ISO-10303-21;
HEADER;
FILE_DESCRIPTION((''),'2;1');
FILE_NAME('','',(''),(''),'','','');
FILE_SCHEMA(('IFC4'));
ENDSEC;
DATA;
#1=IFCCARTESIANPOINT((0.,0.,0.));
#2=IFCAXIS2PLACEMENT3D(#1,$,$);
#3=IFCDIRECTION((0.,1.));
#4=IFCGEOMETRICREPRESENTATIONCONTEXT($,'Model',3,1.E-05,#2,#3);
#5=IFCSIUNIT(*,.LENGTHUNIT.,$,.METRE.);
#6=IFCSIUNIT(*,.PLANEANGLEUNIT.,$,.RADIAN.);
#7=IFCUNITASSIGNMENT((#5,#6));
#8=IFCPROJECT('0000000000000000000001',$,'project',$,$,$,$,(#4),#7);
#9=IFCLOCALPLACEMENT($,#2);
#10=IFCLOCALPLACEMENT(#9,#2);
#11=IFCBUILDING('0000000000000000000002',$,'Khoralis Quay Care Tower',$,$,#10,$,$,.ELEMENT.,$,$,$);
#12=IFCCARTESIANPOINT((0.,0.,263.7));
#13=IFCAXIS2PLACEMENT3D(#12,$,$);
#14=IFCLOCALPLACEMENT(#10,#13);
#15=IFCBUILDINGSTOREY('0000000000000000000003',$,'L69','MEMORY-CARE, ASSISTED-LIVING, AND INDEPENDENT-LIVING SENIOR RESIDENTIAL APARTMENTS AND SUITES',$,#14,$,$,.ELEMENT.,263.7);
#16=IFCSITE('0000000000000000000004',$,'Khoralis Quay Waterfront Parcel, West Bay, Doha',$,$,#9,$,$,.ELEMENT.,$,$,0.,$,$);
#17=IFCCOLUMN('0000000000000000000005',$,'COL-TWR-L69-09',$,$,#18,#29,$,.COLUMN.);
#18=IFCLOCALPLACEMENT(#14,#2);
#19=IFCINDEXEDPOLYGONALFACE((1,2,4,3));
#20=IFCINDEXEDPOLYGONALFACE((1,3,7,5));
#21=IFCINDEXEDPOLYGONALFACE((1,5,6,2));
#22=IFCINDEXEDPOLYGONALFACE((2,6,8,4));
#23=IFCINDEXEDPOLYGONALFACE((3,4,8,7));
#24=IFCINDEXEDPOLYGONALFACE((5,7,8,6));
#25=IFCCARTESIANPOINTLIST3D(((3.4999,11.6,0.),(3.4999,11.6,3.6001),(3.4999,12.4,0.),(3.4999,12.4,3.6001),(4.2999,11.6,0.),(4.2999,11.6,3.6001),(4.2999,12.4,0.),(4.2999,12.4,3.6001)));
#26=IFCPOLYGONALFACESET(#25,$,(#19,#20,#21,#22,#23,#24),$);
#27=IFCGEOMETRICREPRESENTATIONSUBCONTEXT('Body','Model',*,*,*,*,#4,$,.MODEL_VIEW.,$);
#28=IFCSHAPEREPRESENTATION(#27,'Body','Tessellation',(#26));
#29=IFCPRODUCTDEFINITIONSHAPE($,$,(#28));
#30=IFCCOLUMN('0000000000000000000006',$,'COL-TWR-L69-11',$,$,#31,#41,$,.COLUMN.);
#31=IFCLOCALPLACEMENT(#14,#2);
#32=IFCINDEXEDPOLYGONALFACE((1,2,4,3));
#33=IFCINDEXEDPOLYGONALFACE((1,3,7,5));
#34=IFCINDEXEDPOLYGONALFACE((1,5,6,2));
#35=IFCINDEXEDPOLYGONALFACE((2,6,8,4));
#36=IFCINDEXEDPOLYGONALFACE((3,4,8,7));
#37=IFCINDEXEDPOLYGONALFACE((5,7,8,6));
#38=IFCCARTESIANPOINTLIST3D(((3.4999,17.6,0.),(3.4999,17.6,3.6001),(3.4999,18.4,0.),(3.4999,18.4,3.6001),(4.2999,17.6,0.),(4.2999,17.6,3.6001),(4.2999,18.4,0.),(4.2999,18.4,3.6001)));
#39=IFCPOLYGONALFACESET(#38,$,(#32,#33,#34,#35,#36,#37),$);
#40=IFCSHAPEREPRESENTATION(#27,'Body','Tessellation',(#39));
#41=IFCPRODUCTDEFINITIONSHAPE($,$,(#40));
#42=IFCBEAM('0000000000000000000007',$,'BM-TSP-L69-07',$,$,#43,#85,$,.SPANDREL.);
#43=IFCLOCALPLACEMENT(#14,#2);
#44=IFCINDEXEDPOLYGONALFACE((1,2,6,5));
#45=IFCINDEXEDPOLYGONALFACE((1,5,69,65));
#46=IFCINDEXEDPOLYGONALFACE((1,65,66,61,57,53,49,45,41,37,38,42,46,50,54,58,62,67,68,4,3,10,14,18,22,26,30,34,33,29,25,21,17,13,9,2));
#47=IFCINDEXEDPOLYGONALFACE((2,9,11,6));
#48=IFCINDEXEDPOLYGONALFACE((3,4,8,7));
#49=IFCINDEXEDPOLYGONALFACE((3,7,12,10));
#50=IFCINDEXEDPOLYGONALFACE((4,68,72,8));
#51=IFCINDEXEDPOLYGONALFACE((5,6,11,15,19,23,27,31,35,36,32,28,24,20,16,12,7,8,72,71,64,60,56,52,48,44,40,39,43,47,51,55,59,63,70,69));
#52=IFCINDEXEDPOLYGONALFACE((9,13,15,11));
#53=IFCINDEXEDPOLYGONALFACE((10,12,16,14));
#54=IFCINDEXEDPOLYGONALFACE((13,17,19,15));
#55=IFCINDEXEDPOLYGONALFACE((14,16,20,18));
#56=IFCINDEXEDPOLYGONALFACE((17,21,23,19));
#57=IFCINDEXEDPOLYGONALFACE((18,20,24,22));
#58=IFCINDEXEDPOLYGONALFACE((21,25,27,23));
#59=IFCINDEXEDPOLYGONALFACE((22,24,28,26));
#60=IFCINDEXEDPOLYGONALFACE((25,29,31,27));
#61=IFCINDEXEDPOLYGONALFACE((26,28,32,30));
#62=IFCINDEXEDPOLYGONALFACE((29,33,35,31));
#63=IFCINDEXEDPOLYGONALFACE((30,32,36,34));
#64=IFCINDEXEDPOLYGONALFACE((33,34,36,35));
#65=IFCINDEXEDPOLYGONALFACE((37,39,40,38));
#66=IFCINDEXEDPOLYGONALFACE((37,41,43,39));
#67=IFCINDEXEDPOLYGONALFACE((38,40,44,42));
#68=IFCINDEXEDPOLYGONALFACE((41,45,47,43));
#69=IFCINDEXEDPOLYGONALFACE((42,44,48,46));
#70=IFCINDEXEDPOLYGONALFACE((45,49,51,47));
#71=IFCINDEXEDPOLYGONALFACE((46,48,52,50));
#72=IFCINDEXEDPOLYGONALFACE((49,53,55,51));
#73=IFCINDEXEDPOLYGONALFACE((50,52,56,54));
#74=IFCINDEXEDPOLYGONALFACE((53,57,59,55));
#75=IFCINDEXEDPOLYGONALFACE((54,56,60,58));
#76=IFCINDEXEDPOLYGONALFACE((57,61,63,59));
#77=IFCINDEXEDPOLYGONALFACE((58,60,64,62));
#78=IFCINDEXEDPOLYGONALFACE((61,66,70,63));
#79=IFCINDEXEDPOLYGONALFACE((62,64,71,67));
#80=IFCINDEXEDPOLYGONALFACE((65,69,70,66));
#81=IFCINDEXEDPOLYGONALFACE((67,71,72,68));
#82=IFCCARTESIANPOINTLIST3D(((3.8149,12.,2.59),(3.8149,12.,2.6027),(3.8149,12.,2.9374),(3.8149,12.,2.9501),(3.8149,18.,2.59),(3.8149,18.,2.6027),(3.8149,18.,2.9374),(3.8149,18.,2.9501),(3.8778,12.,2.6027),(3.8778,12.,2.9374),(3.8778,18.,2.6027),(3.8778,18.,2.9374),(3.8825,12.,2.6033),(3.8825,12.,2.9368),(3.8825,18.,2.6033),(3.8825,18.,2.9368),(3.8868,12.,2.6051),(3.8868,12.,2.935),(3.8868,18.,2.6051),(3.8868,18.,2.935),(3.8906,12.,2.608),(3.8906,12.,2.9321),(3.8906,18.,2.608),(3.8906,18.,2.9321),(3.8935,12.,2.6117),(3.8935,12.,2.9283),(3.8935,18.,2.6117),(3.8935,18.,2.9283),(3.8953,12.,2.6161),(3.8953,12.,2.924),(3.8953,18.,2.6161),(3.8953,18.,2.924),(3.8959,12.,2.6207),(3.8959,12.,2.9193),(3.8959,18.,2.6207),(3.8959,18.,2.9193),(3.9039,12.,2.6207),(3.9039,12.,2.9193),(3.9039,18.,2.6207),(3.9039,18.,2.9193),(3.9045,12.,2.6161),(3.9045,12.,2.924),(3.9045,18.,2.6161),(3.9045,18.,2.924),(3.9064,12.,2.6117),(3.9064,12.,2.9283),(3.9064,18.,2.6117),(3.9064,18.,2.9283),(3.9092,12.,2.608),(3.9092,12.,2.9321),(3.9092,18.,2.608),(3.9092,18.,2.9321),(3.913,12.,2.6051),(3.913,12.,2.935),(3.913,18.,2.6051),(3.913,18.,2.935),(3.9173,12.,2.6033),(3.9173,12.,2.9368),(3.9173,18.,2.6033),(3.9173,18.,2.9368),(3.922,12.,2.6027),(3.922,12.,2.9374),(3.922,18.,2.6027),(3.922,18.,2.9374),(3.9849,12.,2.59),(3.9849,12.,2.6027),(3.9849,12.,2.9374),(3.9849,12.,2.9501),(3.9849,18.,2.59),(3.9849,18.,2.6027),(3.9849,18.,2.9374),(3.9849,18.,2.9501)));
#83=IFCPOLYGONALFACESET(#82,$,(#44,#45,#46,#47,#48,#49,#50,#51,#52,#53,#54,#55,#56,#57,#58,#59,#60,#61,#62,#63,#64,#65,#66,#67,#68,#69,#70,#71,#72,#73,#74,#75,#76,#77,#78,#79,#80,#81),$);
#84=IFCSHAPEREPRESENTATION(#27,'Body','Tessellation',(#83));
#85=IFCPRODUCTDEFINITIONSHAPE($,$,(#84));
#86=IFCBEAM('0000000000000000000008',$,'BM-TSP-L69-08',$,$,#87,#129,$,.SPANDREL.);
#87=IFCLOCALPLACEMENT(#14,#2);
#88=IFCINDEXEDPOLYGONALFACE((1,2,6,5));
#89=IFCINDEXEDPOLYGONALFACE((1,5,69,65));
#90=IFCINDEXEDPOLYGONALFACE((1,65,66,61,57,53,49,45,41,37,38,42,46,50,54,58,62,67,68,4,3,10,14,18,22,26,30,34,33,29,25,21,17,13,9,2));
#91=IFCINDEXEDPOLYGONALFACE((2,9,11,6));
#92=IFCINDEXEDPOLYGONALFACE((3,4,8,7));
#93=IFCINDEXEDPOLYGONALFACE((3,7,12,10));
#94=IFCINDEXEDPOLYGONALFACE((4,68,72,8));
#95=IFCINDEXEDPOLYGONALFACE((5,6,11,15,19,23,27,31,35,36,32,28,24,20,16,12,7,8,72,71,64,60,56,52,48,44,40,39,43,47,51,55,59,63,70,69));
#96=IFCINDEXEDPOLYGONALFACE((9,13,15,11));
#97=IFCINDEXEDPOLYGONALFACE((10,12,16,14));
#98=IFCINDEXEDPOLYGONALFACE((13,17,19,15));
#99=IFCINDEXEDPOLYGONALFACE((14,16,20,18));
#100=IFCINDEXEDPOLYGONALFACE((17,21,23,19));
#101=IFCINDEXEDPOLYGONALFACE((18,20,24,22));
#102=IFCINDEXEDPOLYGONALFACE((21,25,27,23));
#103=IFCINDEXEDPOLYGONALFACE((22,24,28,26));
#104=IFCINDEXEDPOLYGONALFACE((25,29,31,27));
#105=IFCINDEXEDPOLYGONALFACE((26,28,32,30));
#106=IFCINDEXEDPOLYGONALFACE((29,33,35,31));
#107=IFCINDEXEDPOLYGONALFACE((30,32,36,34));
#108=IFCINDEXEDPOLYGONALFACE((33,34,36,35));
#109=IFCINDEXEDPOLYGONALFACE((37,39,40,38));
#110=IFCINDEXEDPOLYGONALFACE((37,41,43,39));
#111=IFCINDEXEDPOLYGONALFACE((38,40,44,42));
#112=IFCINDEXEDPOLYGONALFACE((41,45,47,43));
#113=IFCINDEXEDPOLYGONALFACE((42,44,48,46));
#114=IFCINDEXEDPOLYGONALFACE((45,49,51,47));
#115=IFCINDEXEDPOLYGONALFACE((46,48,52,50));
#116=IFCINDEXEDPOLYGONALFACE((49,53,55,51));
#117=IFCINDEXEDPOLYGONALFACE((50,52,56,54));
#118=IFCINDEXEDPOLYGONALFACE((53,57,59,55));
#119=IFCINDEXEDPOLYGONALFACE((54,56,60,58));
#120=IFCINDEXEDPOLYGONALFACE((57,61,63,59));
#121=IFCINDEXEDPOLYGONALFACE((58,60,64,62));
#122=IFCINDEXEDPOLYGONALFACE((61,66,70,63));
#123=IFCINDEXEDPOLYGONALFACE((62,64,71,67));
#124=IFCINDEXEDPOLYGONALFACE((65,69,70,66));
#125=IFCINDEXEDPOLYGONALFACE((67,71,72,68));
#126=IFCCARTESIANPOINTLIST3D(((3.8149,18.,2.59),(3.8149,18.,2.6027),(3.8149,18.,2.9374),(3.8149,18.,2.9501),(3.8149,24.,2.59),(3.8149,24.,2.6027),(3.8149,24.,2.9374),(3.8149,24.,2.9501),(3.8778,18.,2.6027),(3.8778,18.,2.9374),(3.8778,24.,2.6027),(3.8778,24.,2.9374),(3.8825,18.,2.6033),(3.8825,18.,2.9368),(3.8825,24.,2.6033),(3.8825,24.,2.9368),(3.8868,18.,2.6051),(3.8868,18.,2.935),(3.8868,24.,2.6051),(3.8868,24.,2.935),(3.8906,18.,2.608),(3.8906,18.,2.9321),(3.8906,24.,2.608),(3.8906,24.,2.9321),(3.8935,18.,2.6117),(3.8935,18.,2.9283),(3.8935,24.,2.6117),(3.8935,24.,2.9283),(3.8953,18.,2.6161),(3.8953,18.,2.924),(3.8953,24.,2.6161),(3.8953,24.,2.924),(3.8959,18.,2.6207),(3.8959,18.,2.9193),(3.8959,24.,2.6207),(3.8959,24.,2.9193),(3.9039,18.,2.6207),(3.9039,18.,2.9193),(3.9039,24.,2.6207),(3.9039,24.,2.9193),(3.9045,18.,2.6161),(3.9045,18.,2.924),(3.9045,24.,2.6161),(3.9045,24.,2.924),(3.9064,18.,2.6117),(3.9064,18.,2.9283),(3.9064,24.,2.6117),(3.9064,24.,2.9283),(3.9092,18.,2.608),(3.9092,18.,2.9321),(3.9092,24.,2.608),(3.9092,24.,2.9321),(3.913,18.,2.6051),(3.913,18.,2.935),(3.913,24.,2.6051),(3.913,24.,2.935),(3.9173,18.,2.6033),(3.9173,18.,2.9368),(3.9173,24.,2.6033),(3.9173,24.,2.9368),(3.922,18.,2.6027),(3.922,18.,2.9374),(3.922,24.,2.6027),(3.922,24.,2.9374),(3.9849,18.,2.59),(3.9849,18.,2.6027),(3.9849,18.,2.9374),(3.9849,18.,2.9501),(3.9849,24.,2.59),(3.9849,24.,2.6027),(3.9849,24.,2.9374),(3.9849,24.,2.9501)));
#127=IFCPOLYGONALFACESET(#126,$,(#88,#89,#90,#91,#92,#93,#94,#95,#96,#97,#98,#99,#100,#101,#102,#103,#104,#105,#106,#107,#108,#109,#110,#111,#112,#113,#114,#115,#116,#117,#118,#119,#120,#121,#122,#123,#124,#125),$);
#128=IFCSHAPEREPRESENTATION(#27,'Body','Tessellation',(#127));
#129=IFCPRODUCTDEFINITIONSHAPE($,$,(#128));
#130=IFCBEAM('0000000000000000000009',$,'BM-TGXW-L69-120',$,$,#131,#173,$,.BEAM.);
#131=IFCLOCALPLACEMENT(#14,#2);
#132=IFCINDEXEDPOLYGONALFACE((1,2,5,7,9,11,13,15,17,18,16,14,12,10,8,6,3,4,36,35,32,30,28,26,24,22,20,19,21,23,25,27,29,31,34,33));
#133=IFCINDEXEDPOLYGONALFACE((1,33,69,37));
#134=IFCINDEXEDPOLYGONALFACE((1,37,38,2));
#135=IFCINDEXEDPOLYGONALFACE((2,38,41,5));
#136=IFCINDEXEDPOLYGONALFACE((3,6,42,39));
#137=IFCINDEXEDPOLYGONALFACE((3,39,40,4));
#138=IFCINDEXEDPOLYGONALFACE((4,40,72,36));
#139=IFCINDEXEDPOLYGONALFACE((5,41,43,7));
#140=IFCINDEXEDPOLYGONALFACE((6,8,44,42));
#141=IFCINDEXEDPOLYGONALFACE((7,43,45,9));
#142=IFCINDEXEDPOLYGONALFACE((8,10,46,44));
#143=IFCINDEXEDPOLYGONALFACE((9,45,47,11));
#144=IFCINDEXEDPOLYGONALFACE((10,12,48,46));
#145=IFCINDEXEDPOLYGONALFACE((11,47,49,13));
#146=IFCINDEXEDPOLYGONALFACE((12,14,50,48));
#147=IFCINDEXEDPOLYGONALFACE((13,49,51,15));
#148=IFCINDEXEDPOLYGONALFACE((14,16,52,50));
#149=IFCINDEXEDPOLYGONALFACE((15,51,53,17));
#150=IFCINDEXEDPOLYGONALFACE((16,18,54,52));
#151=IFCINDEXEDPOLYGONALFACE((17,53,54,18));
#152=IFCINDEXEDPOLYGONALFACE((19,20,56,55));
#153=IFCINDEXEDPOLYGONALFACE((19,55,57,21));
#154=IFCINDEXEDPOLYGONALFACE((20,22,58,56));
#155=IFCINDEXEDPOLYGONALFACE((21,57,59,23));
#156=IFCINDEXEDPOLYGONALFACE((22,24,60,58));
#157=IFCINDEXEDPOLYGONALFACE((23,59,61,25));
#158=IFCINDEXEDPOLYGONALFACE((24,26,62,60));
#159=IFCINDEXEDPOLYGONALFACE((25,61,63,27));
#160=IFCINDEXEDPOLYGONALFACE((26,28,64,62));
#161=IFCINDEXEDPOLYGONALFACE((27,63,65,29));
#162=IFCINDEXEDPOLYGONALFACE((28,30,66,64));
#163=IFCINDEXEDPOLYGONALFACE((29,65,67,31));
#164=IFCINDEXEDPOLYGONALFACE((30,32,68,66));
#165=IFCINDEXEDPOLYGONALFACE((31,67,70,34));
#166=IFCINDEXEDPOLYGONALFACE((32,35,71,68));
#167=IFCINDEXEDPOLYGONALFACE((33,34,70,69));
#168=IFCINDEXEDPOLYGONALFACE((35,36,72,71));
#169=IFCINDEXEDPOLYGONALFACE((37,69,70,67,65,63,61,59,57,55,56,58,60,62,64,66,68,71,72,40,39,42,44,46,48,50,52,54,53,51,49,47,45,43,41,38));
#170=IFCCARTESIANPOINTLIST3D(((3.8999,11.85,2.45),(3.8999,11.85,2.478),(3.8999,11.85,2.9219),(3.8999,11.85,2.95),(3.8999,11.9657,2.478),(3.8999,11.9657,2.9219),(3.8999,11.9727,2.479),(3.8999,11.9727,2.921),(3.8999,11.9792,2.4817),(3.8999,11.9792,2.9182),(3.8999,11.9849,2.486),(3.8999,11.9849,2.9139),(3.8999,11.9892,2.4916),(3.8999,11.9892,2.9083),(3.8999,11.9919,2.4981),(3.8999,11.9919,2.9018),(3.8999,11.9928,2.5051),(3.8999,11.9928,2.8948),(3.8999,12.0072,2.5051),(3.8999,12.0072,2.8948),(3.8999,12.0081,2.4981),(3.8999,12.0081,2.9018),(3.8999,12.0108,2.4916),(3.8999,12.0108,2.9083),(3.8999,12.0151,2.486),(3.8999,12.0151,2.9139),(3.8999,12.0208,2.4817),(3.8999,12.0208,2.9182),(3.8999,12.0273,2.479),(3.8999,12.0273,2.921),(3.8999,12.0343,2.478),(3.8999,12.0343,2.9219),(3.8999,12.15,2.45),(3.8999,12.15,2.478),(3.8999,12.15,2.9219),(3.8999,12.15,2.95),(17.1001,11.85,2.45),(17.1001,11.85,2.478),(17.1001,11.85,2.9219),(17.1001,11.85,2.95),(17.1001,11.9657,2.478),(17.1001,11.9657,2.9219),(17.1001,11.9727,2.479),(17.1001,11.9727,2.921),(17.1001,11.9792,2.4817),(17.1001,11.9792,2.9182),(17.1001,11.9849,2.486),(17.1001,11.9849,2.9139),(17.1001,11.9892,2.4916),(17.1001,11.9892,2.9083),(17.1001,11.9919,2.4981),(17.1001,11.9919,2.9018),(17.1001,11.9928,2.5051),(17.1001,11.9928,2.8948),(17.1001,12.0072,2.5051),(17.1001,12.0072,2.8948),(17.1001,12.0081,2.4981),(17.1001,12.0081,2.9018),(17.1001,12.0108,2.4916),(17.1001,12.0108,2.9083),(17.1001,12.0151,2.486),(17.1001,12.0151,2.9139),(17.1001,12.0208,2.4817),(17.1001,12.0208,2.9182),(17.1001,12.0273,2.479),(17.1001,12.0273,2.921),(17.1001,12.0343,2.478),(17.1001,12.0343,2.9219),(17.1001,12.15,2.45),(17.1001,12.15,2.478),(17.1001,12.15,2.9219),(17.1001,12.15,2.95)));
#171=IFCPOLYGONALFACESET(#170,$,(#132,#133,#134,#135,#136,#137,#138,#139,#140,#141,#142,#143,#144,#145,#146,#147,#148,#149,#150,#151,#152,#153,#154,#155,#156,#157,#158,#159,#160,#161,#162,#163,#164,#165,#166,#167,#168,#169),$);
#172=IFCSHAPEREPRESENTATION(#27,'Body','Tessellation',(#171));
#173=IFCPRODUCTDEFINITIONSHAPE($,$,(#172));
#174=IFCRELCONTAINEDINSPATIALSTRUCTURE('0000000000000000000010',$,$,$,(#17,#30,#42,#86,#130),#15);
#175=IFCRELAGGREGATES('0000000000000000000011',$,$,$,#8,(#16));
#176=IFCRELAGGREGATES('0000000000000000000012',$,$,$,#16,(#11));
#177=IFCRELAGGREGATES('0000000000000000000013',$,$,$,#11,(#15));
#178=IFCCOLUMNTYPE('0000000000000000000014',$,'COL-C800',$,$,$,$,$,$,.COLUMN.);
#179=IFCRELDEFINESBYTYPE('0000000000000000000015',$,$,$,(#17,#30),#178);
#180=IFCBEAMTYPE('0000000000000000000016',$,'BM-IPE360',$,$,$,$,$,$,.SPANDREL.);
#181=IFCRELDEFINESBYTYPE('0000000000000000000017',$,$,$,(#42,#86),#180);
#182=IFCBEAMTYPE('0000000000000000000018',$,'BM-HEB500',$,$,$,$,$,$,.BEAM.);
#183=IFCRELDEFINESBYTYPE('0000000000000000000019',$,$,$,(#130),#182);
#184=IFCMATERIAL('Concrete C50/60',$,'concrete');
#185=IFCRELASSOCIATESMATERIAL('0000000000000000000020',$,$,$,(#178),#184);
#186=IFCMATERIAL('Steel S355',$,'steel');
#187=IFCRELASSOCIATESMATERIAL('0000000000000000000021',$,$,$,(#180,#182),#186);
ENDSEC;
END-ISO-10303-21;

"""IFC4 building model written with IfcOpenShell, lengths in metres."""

from ifc_helpers import new_model, si_unit, direction, frame, origin, origin_2d, place, context, subcontext, project, spatial, rectangle, i_section, extrude, source, transform, mapped, material, material_profile, profile_set, type_object, element, save


model = new_model("IFC4")

# Units and contexts
model_context = context("Model", 3, precision=1e-05, world=origin(), true_north=direction((0.0, 1.0)))
body_context = subcontext(model_context, "Body", "Model", "MODEL_VIEW")
ifc_project = project(units=[si_unit("LENGTHUNIT", "METRE"), si_unit("PLANEANGLEUNIT", "RADIAN")], contexts=[model_context])

# Site, building, storey
site_placement = place(None, origin())
site = spatial("IfcSite", under=ifc_project, at=site_placement, Name="Khoralis Quay Waterfront Parcel, West Bay, Doha", CompositionType="ELEMENT", RefElevation=0.0)
building_placement = place(site_placement, origin())
building = spatial("IfcBuilding", under=site, at=building_placement, Name="Khoralis Quay Care Tower", CompositionType="ELEMENT")
storey_placement = place(building_placement, frame((0.0, 0.0, 263.7)))
storey = spatial("IfcBuildingStorey", under=building, at=storey_placement, Name="L69", Description="MEMORY-CARE, ASSISTED-LIVING, AND INDEPENDENT-LIVING SENIOR RESIDENTIAL APARTMENTS AND SUITES", CompositionType="ELEMENT", Elevation=263.7)

# Columns
ifc_material_1 = material(Name="Concrete C50/60", Category="concrete")
ifc_material_profile_1 = material_profile(ifc_material_1, rectangle(XDim=0.8, YDim=0.8, at=origin_2d()), Name="Concrete C50/60")
ifc_profile_set_1 = profile_set([ifc_material_profile_1], Name="Concrete C50/60")
column_type = type_object("IfcColumnType", Name="COL-C800", PredefinedType="COLUMN", material=ifc_profile_set_1)
shared_shape_1 = source(origin(), body_context, "Body", "SweptSolid", [
    extrude(rectangle(XDim=0.8, YDim=0.8, at=origin_2d()), origin(), (0.0, 0.0, 1.0), 3.6001),
])
for number, where, z_axis, x_axis, name in (
    (1, (3.8999, 12.0, 0.0), (0.0, 0.0, 1.0), (1.0, 0.0, 0.0), "COL-TWR-L69-09"),
    (2, (3.8999, 18.0, 0.0), (0.0, 0.0, 1.0), (1.0, 0.0, 0.0), "COL-TWR-L69-11"),
):
    element("IfcColumn", number, at=place(storey_placement, frame(where, z_axis=z_axis, x_axis=x_axis)), inside=storey, type_object=column_type, Name=name, PredefinedType="COLUMN", context=body_context, shape_type="MappedRepresentation", body=[
        mapped(shared_shape_1, transform((0.0, 0.0, 0.0), scale=1.0)),
    ])

# Beams
ifc_material_2 = material(Name="Steel S355", Category="steel")
ifc_material_profile_2 = material_profile(ifc_material_2, i_section(OverallWidth=0.1699, OverallDepth=0.3601, WebThickness=0.0081, FlangeThickness=0.0127, FilletRadius=0.0181, at=origin_2d()), Name="Steel S355")
ifc_profile_set_2 = profile_set([ifc_material_profile_2], Name="Steel S355")
beam_type_1 = type_object("IfcBeamType", Name="BM-IPE360", PredefinedType="SPANDREL", material=ifc_profile_set_2)
shared_shape_2 = source(origin(), body_context, "Body", "SweptSolid", [
    extrude(i_section(OverallWidth=0.1699, OverallDepth=0.3601, WebThickness=0.0081, FlangeThickness=0.0127, FilletRadius=0.0181, at=origin_2d()), origin(), (0.0, 0.0, 1.0), 6.0),
])
for number, where, z_axis, x_axis, name in (
    (3, (3.8999, 12.0, 2.77), (0.0, 1.0, 0.0), (-1.0, 0.0, 0.0), "BM-TSP-L69-07"),
    (4, (3.8999, 18.0, 2.77), (0.0, 1.0, 0.0), (-1.0, 0.0, 0.0), "BM-TSP-L69-08"),
):
    element("IfcBeam", number, at=place(storey_placement, frame(where, z_axis=z_axis, x_axis=x_axis)), inside=storey, type_object=beam_type_1, Name=name, PredefinedType="SPANDREL", context=body_context, shape_type="MappedRepresentation", body=[
        mapped(shared_shape_2, transform((0.0, 0.0, 0.0), scale=1.0)),
    ])
ifc_material_profile_3 = material_profile(ifc_material_2, i_section(OverallWidth=0.3, OverallDepth=0.5, WebThickness=0.0144, FlangeThickness=0.0281, FilletRadius=0.0271, at=origin_2d()), Name="Steel S355")
ifc_profile_set_3 = profile_set([ifc_material_profile_3], Name="Steel S355")
beam_type_2 = type_object("IfcBeamType", Name="BM-HEB500", PredefinedType="BEAM", material=ifc_profile_set_3)
shared_shape_3 = source(origin(), body_context, "Body", "SweptSolid", [
    extrude(i_section(OverallWidth=0.3, OverallDepth=0.5, WebThickness=0.0144, FlangeThickness=0.0281, FilletRadius=0.0271, at=origin_2d()), origin(), (0.0, 0.0, 1.0), 13.2002),
])
beam_1_placement = place(storey_placement, frame((3.8999, 12.0, 2.7), z_axis=(1.0, 0.0, 0.0), x_axis=(0.0, 1.0, 0.0)))
element("IfcBeam", 5, at=beam_1_placement, inside=storey, type_object=beam_type_2, Name="BM-TGXW-L69-120", PredefinedType="BEAM", context=body_context, shape_type="MappedRepresentation", body=[
    mapped(shared_shape_3, transform((0.0, 0.0, 0.0), scale=1.0)),
])

save(model, "model.ifc")
